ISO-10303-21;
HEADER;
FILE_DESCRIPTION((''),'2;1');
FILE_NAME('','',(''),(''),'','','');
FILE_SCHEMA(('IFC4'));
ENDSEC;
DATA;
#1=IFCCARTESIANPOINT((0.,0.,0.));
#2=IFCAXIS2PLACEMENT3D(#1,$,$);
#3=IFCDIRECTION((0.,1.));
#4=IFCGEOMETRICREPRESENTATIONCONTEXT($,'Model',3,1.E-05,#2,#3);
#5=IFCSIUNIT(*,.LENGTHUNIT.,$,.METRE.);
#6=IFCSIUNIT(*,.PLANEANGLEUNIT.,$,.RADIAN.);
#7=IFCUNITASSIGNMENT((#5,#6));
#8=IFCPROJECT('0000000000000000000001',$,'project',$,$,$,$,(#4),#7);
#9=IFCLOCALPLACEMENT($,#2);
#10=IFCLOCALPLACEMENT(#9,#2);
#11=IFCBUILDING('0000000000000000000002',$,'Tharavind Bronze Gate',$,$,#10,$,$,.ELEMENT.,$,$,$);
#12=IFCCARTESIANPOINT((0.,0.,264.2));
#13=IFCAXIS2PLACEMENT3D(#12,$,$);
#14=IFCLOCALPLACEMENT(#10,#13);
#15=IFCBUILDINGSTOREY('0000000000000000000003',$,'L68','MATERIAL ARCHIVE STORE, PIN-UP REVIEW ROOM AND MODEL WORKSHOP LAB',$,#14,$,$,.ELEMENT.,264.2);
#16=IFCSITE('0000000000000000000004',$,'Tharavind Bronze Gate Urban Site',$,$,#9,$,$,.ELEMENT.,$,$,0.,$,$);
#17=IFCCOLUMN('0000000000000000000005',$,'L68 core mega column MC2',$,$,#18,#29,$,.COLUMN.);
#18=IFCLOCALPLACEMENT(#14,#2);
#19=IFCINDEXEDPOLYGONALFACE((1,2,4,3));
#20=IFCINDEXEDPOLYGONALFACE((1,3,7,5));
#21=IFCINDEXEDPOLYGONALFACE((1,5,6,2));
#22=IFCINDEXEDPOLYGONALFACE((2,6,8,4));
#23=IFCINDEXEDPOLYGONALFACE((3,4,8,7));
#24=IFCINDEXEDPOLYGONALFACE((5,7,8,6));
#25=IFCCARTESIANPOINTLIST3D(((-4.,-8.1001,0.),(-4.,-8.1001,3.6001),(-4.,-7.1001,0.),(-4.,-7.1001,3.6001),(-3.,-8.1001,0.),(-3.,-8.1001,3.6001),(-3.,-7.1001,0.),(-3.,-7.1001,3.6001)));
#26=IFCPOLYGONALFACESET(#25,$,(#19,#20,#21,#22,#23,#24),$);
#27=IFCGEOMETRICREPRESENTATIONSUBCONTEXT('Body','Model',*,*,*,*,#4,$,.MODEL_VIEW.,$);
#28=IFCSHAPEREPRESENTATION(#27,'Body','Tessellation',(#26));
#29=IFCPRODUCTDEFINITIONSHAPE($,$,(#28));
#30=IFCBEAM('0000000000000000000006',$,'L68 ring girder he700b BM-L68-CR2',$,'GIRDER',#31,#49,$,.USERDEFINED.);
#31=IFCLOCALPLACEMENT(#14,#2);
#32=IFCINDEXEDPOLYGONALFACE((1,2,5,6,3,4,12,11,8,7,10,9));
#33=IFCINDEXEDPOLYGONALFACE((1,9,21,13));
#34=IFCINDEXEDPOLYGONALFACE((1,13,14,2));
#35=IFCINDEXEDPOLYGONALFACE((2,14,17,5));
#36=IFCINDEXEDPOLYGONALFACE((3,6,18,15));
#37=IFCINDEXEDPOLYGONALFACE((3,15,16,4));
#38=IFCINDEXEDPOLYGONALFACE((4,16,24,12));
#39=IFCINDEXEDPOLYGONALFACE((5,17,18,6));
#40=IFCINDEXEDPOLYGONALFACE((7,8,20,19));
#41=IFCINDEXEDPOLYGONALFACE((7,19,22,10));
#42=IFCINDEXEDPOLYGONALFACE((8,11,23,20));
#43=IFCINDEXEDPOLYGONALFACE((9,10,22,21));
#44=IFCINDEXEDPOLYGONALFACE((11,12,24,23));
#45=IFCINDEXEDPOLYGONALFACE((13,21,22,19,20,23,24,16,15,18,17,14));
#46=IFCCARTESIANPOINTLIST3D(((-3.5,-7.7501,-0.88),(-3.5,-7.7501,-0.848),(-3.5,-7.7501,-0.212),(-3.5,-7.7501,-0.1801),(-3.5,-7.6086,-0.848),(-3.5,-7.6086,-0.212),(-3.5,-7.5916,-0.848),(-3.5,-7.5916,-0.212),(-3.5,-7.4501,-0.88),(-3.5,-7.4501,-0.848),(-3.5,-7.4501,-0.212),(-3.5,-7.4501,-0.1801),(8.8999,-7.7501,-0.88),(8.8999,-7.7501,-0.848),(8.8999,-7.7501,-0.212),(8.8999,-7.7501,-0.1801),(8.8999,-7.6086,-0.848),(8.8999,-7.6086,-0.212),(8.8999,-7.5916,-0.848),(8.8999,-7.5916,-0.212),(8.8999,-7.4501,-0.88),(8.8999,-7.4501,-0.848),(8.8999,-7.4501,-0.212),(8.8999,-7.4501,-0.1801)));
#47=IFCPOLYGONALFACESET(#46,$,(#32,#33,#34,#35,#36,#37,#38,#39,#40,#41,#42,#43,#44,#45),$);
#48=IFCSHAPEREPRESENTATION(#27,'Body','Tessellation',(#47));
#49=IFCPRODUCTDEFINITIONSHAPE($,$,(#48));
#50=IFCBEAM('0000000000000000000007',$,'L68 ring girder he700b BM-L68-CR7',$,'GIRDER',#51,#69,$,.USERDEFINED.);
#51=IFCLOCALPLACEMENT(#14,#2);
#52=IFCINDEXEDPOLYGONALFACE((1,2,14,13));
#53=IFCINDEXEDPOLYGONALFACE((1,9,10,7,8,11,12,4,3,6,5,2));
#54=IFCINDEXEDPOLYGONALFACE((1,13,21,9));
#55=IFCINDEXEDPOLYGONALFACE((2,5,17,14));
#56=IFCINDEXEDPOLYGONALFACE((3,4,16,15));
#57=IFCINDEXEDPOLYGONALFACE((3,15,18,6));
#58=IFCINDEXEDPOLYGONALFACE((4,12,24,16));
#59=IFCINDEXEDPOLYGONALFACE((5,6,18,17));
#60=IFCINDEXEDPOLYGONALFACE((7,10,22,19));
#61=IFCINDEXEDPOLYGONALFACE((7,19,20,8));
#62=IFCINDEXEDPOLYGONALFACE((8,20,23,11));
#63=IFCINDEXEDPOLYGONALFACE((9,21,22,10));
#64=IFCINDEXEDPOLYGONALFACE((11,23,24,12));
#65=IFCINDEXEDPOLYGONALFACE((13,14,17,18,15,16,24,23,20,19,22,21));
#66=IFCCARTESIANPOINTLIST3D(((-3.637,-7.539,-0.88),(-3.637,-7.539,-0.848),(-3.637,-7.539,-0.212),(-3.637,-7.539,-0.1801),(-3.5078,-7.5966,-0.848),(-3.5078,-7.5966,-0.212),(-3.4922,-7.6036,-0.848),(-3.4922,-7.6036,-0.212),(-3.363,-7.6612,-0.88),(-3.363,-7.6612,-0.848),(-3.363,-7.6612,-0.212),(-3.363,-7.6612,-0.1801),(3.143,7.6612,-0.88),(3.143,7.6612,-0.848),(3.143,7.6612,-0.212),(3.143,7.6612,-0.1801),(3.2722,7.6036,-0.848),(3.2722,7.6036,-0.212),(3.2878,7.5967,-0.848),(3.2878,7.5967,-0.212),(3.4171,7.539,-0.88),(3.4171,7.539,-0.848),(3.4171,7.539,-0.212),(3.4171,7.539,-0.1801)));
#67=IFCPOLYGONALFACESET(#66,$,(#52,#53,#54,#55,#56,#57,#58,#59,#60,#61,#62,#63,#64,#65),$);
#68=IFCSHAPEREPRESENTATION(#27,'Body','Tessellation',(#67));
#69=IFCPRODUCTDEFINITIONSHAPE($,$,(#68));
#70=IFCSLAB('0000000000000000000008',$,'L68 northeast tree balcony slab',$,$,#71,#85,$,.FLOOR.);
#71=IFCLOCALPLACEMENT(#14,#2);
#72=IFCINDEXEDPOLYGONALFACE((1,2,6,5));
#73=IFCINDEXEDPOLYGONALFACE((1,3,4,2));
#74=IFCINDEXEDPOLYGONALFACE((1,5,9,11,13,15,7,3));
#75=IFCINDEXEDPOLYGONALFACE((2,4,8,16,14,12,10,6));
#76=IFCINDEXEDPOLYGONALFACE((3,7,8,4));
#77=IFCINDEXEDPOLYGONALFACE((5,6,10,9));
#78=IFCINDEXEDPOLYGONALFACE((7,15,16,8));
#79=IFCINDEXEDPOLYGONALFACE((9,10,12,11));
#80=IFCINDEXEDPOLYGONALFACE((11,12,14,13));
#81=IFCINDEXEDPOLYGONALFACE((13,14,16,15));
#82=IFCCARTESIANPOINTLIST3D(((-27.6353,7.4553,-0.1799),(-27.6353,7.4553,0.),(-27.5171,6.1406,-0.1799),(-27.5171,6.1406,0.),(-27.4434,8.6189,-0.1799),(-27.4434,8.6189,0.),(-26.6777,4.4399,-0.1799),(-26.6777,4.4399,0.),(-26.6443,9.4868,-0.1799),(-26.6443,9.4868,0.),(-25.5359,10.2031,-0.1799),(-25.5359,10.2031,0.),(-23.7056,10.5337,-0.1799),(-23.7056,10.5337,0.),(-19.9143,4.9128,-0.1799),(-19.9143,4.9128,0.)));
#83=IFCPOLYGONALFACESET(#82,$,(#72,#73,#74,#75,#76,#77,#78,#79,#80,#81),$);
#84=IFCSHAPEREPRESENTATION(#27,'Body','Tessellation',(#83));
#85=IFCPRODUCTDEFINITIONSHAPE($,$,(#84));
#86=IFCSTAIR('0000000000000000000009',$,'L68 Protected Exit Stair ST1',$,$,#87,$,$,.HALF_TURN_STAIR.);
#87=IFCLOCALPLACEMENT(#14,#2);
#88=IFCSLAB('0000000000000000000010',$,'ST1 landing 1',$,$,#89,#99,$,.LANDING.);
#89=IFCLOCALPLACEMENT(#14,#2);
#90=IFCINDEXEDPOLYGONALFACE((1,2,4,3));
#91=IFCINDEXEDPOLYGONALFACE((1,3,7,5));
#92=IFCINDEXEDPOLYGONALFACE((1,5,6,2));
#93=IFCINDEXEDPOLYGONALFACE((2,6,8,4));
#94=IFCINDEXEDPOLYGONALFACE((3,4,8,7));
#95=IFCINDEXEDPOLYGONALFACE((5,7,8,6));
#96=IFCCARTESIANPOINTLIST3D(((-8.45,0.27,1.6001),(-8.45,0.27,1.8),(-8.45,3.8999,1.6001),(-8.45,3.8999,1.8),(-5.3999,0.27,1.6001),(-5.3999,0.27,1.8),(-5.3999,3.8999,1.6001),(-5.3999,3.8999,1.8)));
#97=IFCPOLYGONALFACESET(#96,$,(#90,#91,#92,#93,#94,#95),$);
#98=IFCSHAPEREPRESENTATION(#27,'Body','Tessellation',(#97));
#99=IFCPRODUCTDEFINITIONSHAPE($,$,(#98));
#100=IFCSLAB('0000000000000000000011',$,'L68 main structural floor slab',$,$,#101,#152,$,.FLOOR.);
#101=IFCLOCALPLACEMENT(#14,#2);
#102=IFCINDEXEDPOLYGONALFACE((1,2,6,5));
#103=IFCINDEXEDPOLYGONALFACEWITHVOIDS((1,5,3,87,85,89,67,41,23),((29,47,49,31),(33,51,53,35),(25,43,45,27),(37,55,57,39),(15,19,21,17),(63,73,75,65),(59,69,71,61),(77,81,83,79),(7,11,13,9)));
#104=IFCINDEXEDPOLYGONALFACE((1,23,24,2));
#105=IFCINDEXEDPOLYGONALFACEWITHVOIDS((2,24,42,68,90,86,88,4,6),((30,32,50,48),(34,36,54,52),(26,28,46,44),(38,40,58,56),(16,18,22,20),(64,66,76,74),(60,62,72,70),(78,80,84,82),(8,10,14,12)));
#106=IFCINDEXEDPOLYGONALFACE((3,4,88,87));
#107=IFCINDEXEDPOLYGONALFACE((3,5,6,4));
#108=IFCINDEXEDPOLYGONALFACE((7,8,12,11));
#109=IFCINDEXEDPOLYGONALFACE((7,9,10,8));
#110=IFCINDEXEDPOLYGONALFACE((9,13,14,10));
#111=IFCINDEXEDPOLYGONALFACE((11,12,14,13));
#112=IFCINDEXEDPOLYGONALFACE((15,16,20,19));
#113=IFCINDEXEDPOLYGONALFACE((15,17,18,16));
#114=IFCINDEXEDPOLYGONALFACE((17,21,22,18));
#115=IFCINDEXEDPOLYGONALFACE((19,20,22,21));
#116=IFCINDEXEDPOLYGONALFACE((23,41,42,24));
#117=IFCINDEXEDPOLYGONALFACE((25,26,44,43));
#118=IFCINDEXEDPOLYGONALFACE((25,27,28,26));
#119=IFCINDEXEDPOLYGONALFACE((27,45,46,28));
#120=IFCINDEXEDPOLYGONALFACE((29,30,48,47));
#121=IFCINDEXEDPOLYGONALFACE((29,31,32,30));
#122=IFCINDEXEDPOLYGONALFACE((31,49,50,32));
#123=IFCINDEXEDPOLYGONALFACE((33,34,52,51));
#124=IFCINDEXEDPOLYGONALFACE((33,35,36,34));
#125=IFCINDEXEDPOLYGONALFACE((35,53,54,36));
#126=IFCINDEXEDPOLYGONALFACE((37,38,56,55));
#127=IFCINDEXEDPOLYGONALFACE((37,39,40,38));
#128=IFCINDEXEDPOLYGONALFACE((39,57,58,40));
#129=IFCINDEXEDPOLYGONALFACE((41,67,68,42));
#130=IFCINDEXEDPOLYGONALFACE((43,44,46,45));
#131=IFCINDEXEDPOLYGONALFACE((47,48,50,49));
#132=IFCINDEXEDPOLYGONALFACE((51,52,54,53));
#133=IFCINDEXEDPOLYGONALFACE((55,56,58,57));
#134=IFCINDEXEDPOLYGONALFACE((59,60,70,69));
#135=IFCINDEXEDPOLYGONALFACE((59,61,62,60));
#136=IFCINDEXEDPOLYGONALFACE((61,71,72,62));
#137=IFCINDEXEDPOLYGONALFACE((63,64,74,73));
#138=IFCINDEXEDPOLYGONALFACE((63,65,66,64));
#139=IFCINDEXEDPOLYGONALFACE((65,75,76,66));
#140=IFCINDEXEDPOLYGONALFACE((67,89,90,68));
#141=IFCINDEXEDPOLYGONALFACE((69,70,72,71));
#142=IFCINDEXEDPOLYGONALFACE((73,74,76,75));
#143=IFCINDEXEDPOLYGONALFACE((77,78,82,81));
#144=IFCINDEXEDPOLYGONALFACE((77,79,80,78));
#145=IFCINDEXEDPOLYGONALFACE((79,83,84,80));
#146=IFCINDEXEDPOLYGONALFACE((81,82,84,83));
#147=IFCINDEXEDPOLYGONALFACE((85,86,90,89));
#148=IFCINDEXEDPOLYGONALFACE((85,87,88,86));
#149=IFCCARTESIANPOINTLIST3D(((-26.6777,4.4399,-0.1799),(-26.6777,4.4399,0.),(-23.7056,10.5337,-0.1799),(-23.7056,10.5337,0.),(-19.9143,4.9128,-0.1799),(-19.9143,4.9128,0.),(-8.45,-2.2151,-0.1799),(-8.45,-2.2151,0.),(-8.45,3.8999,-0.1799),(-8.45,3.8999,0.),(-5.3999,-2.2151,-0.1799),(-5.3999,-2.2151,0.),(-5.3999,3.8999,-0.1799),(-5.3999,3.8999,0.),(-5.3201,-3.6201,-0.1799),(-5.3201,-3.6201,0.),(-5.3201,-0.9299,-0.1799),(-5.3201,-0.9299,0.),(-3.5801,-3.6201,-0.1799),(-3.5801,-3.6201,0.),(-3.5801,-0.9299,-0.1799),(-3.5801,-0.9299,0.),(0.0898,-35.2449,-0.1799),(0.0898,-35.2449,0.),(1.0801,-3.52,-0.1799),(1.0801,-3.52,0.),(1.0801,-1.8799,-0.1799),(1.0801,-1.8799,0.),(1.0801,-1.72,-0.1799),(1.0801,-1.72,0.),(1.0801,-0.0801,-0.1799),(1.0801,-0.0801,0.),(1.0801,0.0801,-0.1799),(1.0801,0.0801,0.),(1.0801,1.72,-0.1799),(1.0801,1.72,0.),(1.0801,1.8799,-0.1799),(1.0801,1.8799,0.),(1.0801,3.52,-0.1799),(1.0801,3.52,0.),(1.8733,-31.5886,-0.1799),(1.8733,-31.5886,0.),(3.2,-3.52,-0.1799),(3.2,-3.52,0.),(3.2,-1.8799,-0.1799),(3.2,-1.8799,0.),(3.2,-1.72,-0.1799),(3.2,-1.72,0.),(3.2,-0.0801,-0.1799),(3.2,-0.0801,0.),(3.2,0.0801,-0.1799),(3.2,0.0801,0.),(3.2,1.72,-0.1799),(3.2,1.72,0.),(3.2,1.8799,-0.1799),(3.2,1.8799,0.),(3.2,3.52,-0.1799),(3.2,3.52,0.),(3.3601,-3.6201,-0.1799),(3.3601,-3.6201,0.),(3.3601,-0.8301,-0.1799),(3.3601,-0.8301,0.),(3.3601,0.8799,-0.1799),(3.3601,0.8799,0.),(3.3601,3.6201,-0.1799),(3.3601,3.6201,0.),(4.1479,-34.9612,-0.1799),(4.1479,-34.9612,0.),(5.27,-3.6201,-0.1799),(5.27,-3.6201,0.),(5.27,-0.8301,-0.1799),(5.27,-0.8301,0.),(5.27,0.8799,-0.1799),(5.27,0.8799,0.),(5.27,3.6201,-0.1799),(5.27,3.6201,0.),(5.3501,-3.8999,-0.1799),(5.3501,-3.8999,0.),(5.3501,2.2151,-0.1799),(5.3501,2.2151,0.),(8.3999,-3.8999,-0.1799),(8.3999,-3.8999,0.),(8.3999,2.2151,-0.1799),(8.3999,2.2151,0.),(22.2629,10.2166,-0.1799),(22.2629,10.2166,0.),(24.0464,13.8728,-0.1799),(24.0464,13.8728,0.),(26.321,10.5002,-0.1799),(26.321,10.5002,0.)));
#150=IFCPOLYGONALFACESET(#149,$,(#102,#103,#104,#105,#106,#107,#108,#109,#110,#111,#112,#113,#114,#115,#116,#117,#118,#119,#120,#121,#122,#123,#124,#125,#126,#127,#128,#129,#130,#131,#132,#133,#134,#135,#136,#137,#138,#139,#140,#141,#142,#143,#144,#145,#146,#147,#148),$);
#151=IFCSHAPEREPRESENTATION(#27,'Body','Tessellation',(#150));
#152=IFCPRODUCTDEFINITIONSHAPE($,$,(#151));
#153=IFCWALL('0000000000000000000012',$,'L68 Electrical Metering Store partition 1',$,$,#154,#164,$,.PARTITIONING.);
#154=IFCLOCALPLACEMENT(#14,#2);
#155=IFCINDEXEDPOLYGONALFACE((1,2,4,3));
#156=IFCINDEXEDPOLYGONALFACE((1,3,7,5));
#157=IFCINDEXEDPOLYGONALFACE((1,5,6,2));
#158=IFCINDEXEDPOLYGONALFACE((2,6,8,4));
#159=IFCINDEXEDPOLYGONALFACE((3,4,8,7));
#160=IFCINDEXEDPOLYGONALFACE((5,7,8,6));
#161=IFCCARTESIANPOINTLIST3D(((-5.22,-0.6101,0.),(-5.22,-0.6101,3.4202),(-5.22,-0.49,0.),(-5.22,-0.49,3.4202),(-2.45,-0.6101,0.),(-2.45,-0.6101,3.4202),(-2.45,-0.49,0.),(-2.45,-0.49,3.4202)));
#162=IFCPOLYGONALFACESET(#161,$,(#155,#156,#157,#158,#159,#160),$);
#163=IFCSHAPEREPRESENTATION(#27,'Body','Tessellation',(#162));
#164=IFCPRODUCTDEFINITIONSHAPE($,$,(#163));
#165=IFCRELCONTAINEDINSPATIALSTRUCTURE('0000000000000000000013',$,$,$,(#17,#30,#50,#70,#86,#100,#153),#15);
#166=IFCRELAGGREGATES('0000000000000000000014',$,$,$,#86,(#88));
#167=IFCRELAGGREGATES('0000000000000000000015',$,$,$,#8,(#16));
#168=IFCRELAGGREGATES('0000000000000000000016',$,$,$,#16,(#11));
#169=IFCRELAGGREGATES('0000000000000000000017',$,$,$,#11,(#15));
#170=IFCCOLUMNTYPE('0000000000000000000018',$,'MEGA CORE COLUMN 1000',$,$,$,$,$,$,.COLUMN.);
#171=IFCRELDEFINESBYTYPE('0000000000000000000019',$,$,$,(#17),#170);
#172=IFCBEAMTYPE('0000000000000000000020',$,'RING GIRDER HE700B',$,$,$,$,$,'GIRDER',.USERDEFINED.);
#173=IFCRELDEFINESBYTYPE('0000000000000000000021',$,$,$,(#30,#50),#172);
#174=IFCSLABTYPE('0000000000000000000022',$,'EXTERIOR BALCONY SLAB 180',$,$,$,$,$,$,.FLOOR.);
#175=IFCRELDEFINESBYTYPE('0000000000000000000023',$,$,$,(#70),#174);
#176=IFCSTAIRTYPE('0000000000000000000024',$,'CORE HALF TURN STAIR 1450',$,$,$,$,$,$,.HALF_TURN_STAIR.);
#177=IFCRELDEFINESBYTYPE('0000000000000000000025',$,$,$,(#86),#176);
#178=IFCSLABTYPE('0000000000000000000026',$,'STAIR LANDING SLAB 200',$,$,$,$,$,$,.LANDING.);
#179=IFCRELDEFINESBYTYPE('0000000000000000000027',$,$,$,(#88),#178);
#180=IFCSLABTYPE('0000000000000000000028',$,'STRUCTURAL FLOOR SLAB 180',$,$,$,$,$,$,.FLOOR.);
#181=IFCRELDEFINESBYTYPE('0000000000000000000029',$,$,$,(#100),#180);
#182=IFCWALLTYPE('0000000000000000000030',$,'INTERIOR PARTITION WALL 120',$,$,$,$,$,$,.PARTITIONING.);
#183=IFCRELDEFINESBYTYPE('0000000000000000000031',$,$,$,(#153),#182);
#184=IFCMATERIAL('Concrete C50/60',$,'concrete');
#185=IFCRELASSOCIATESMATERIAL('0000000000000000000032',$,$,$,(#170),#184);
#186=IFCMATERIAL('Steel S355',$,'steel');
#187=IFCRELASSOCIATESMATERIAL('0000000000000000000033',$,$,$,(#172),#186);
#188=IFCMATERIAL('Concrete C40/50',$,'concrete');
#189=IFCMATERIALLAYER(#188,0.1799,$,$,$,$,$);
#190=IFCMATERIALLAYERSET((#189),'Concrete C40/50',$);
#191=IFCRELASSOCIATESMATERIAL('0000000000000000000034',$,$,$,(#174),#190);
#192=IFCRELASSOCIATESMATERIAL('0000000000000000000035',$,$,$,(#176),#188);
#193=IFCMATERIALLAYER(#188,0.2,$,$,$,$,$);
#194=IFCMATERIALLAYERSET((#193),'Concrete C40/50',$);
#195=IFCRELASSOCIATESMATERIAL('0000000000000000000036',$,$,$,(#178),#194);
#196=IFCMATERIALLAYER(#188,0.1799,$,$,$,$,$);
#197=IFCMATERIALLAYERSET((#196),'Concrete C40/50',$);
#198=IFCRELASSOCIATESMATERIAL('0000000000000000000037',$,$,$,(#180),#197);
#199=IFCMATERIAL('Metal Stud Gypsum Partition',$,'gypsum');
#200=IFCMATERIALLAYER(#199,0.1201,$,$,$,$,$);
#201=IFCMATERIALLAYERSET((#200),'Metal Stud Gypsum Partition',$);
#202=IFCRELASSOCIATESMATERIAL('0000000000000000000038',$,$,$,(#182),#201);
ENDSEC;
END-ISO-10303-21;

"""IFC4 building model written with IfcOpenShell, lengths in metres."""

from ifc_helpers import new_model, si_unit, direction, frame, frame_2d, origin, origin_2d, place, context, subcontext, project, spatial, polyline, rectangle, i_section, outline, extrude, material, layer, layer_set, material_profile, profile_set, type_object, element, aggregate, save


model = new_model("IFC4")

# Units and contexts
model_context = context("Model", 3, precision=1e-05, world=origin(), true_north=direction((0.0, 1.0)))
body_context = subcontext(model_context, "Body", "Model", "MODEL_VIEW")
ifc_project = project(units=[si_unit("LENGTHUNIT", "METRE"), si_unit("PLANEANGLEUNIT", "RADIAN")], contexts=[model_context])

# Site, building, storey
site_placement = place(None, origin())
site = spatial("IfcSite", under=ifc_project, at=site_placement, Name="Tharavind Bronze Gate Urban Site", CompositionType="ELEMENT", RefElevation=0.0)
building_placement = place(site_placement, origin())
building = spatial("IfcBuilding", under=site, at=building_placement, Name="Tharavind Bronze Gate", CompositionType="ELEMENT")
storey_placement = place(building_placement, frame((0.0, 0.0, 264.2)))
storey = spatial("IfcBuildingStorey", under=building, at=storey_placement, Name="L68", Description="MATERIAL ARCHIVE STORE, PIN-UP REVIEW ROOM AND MODEL WORKSHOP LAB", CompositionType="ELEMENT", Elevation=264.2)

# Column
ifc_material_1 = material(Name="Concrete C50/60", Category="concrete")
ifc_material_profile_1 = material_profile(ifc_material_1, rectangle(XDim=1.0, YDim=1.0, at=origin_2d()), Name="RCCOL1000")
ifc_profile_set_1 = profile_set([ifc_material_profile_1], Name="Concrete C50/60")
column_type = type_object("IfcColumnType", Name="MEGA CORE COLUMN 1000", PredefinedType="COLUMN", material=ifc_profile_set_1)
column_placement = place(storey_placement, frame((-3.5, -7.6001, 0.0), z_axis=(0.0, 0.0, 1.0), x_axis=(1.0, 0.0, 0.0)))
element("IfcColumn", 1, at=column_placement, inside=storey, type_object=column_type, Name="L68 core mega column MC2", PredefinedType="COLUMN", context=body_context, shape_type="SweptSolid", body=[
    extrude(rectangle(XDim=1.0, YDim=1.0, at=origin_2d()), origin(), (0.0, 0.0, 1.0), 3.6001),
])

# Beams
ifc_material_2 = material(Name="Steel S355", Category="steel")
ifc_material_profile_2 = material_profile(ifc_material_2, i_section(OverallWidth=0.3, OverallDepth=0.7, WebThickness=0.0171, FlangeThickness=0.032, at=origin_2d()), Name="HE700B")
ifc_profile_set_2 = profile_set([ifc_material_profile_2], Name="Steel S355")
beam_type = type_object("IfcBeamType", Name="RING GIRDER HE700B", ElementType="GIRDER", PredefinedType="USERDEFINED", material=ifc_profile_set_2)
beam_1_placement = place(storey_placement, frame((-3.5, -7.6001, -0.53), z_axis=(1.0, 0.0, 0.0), x_axis=(0.0, 1.0, 0.0)))
element("IfcBeam", 2, at=beam_1_placement, inside=storey, type_object=beam_type, Name="L68 ring girder he700b BM-L68-CR2", ObjectType="GIRDER", PredefinedType="USERDEFINED", context=body_context, shape_type="SweptSolid", body=[
    extrude(i_section(OverallWidth=0.3, OverallDepth=0.7, WebThickness=0.0171, FlangeThickness=0.032, at=origin_2d()), origin(), (0.0, 0.0, 1.0), 12.3999),
])
beam_2_placement = place(storey_placement, frame((-3.5, -7.6001, -0.53), z_axis=(0.407362, 0.913267, 0.0), x_axis=(-0.913267, 0.407362, 0.0)))
element("IfcBeam", 3, at=beam_2_placement, inside=storey, type_object=beam_type, Name="L68 ring girder he700b BM-L68-CR7", ObjectType="GIRDER", PredefinedType="USERDEFINED", context=body_context, shape_type="SweptSolid", body=[
    extrude(i_section(OverallWidth=0.3, OverallDepth=0.7, WebThickness=0.0171, FlangeThickness=0.032, at=origin_2d()), origin(), (0.0, 0.0, 1.0), 16.6438),
])

# Slab
ifc_material_3 = material(Name="Concrete C40/50", Category="concrete")
ifc_layer_1 = layer(ifc_material_3, 0.1799)
ifc_layer_set_1 = layer_set([ifc_layer_1], Name="Concrete C40/50")
slab_type_1 = type_object("IfcSlabType", Name="EXTERIOR BALCONY SLAB 180", PredefinedType="FLOOR", material=ifc_layer_set_1)
slab_1_placement = place(storey_placement, frame((0.0, 0.0, -0.1799)))
element("IfcSlab", 4, at=slab_1_placement, inside=storey, type_object=slab_type_1, Name="L68 northeast tree balcony slab", PredefinedType="FLOOR", context=body_context, shape_type="SweptSolid", body=[
    extrude(outline(polyline([(-25.5359, 10.2031), (-26.6443, 9.4868), (-27.4434, 8.6189), (-27.6353, 7.4553), (-27.5171, 6.1406), (-26.6777, 4.4399), (-19.9143, 4.9128), (-23.7056, 10.5337), (-25.5359, 10.2031)])), origin(), (0.0, 0.0, 1.0), 0.1799),
])

# Stair, slab
stair_type = type_object("IfcStairType", Name="CORE HALF TURN STAIR 1450", PredefinedType="HALF_TURN_STAIR", material=ifc_material_3)
stair_placement = place(storey_placement, origin())
stair = element("IfcStair", 5, at=stair_placement, inside=storey, type_object=stair_type, Name="L68 Protected Exit Stair ST1", PredefinedType="HALF_TURN_STAIR")
ifc_layer_2 = layer(ifc_material_3, 0.2)
ifc_layer_set_2 = layer_set([ifc_layer_2], Name="Concrete C40/50")
slab_type_2 = type_object("IfcSlabType", Name="STAIR LANDING SLAB 200", PredefinedType="LANDING", material=ifc_layer_set_2)
slab_2_placement = place(storey_placement, frame((0.0, 0.0, 1.6001)))
slab_2 = element("IfcSlab", 6, at=slab_2_placement, type_object=slab_type_2, Name="ST1 landing 1", PredefinedType="LANDING", context=body_context, shape_type="SweptSolid", body=[
    extrude(outline(polyline([(-5.3999, 0.27), (-5.3999, 3.8999), (-8.45, 3.8999), (-8.45, 0.27), (-5.3999, 0.27)])), origin(), (0.0, 0.0, 1.0), 0.2),
])

# Slab
ifc_layer_3 = layer(ifc_material_3, 0.1799)
ifc_layer_set_3 = layer_set([ifc_layer_3], Name="Concrete C40/50")
slab_type_3 = type_object("IfcSlabType", Name="STRUCTURAL FLOOR SLAB 180", PredefinedType="FLOOR", material=ifc_layer_set_3)
slab_3_placement = place(storey_placement, frame((0.0, 0.0, -0.1799)))
element("IfcSlab", 7, at=slab_3_placement, inside=storey, type_object=slab_type_3, Name="L68 main structural floor slab", PredefinedType="FLOOR", context=body_context, shape_type="SweptSolid", body=[
    extrude(outline(polyline([(-23.7056, 10.5337), (-19.9143, 4.9128), (-26.6777, 4.4399), (0.0898, -35.2449), (1.8733, -31.5886), (4.1479, -34.9612), (26.321, 10.5002), (22.2629, 10.2166), (24.0464, 13.8728), (-23.7056, 10.5337)]), holes=[polyline([(-5.3999, -2.2151), (-5.3999, 3.8999), (-8.45, 3.8999), (-8.45, -2.2151), (-5.3999, -2.2151)]), polyline([(5.3501, 2.2151), (5.3501, -3.8999), (8.3999, -3.8999), (8.3999, 2.2151), (5.3501, 2.2151)]), polyline([(1.0801, -3.52), (3.2, -3.52), (3.2, -1.8799), (1.0801, -1.8799), (1.0801, -3.52)]), polyline([(1.0801, -1.72), (3.2, -1.72), (3.2, -0.0801), (1.0801, -0.0801), (1.0801, -1.72)]), polyline([(1.0801, 0.0801), (3.2, 0.0801), (3.2, 1.72), (1.0801, 1.72), (1.0801, 0.0801)]), polyline([(1.0801, 1.8799), (3.2, 1.8799), (3.2, 3.52), (1.0801, 3.52), (1.0801, 1.8799)]), polyline([(-5.3201, -3.6201), (-3.5801, -3.6201), (-3.5801, -0.9299), (-5.3201, -0.9299), (-5.3201, -3.6201)]), polyline([(3.3601, 0.8799), (5.27, 0.8799), (5.27, 3.6201), (3.3601, 3.6201), (3.3601, 0.8799)]), polyline([(3.3601, -3.6201), (5.27, -3.6201), (5.27, -0.8301), (3.3601, -0.8301), (3.3601, -3.6201)])]), origin(), (0.0, 0.0, 1.0), 0.1799),
])

# Wall
ifc_material_4 = material(Name="Metal Stud Gypsum Partition", Category="gypsum")
ifc_layer_4 = layer(ifc_material_4, 0.1201)
ifc_layer_set_4 = layer_set([ifc_layer_4], Name="Metal Stud Gypsum Partition")
wall_type_1 = type_object("IfcWallType", Name="INTERIOR PARTITION WALL 120", PredefinedType="PARTITIONING", material=ifc_layer_set_4)
wall_1_placement = place(storey_placement, frame((-5.22, -0.55, 0.0), z_axis=(0.0, 0.0, 1.0), x_axis=(1.0, 0.0, 0.0)))
element("IfcWall", 8, at=wall_1_placement, inside=storey, type_object=wall_type_1, Name="L68 Electrical Metering Store partition 1", PredefinedType="PARTITIONING", context=body_context, shape_type="SweptSolid", body=[
    extrude(rectangle(XDim=2.77, YDim=0.1201, at=frame_2d((1.385, 0.0))), origin(), (0.0, 0.0, 1.0), 3.4202),
])

aggregate(stair, [slab_2])

save(model, "model.ifc")
